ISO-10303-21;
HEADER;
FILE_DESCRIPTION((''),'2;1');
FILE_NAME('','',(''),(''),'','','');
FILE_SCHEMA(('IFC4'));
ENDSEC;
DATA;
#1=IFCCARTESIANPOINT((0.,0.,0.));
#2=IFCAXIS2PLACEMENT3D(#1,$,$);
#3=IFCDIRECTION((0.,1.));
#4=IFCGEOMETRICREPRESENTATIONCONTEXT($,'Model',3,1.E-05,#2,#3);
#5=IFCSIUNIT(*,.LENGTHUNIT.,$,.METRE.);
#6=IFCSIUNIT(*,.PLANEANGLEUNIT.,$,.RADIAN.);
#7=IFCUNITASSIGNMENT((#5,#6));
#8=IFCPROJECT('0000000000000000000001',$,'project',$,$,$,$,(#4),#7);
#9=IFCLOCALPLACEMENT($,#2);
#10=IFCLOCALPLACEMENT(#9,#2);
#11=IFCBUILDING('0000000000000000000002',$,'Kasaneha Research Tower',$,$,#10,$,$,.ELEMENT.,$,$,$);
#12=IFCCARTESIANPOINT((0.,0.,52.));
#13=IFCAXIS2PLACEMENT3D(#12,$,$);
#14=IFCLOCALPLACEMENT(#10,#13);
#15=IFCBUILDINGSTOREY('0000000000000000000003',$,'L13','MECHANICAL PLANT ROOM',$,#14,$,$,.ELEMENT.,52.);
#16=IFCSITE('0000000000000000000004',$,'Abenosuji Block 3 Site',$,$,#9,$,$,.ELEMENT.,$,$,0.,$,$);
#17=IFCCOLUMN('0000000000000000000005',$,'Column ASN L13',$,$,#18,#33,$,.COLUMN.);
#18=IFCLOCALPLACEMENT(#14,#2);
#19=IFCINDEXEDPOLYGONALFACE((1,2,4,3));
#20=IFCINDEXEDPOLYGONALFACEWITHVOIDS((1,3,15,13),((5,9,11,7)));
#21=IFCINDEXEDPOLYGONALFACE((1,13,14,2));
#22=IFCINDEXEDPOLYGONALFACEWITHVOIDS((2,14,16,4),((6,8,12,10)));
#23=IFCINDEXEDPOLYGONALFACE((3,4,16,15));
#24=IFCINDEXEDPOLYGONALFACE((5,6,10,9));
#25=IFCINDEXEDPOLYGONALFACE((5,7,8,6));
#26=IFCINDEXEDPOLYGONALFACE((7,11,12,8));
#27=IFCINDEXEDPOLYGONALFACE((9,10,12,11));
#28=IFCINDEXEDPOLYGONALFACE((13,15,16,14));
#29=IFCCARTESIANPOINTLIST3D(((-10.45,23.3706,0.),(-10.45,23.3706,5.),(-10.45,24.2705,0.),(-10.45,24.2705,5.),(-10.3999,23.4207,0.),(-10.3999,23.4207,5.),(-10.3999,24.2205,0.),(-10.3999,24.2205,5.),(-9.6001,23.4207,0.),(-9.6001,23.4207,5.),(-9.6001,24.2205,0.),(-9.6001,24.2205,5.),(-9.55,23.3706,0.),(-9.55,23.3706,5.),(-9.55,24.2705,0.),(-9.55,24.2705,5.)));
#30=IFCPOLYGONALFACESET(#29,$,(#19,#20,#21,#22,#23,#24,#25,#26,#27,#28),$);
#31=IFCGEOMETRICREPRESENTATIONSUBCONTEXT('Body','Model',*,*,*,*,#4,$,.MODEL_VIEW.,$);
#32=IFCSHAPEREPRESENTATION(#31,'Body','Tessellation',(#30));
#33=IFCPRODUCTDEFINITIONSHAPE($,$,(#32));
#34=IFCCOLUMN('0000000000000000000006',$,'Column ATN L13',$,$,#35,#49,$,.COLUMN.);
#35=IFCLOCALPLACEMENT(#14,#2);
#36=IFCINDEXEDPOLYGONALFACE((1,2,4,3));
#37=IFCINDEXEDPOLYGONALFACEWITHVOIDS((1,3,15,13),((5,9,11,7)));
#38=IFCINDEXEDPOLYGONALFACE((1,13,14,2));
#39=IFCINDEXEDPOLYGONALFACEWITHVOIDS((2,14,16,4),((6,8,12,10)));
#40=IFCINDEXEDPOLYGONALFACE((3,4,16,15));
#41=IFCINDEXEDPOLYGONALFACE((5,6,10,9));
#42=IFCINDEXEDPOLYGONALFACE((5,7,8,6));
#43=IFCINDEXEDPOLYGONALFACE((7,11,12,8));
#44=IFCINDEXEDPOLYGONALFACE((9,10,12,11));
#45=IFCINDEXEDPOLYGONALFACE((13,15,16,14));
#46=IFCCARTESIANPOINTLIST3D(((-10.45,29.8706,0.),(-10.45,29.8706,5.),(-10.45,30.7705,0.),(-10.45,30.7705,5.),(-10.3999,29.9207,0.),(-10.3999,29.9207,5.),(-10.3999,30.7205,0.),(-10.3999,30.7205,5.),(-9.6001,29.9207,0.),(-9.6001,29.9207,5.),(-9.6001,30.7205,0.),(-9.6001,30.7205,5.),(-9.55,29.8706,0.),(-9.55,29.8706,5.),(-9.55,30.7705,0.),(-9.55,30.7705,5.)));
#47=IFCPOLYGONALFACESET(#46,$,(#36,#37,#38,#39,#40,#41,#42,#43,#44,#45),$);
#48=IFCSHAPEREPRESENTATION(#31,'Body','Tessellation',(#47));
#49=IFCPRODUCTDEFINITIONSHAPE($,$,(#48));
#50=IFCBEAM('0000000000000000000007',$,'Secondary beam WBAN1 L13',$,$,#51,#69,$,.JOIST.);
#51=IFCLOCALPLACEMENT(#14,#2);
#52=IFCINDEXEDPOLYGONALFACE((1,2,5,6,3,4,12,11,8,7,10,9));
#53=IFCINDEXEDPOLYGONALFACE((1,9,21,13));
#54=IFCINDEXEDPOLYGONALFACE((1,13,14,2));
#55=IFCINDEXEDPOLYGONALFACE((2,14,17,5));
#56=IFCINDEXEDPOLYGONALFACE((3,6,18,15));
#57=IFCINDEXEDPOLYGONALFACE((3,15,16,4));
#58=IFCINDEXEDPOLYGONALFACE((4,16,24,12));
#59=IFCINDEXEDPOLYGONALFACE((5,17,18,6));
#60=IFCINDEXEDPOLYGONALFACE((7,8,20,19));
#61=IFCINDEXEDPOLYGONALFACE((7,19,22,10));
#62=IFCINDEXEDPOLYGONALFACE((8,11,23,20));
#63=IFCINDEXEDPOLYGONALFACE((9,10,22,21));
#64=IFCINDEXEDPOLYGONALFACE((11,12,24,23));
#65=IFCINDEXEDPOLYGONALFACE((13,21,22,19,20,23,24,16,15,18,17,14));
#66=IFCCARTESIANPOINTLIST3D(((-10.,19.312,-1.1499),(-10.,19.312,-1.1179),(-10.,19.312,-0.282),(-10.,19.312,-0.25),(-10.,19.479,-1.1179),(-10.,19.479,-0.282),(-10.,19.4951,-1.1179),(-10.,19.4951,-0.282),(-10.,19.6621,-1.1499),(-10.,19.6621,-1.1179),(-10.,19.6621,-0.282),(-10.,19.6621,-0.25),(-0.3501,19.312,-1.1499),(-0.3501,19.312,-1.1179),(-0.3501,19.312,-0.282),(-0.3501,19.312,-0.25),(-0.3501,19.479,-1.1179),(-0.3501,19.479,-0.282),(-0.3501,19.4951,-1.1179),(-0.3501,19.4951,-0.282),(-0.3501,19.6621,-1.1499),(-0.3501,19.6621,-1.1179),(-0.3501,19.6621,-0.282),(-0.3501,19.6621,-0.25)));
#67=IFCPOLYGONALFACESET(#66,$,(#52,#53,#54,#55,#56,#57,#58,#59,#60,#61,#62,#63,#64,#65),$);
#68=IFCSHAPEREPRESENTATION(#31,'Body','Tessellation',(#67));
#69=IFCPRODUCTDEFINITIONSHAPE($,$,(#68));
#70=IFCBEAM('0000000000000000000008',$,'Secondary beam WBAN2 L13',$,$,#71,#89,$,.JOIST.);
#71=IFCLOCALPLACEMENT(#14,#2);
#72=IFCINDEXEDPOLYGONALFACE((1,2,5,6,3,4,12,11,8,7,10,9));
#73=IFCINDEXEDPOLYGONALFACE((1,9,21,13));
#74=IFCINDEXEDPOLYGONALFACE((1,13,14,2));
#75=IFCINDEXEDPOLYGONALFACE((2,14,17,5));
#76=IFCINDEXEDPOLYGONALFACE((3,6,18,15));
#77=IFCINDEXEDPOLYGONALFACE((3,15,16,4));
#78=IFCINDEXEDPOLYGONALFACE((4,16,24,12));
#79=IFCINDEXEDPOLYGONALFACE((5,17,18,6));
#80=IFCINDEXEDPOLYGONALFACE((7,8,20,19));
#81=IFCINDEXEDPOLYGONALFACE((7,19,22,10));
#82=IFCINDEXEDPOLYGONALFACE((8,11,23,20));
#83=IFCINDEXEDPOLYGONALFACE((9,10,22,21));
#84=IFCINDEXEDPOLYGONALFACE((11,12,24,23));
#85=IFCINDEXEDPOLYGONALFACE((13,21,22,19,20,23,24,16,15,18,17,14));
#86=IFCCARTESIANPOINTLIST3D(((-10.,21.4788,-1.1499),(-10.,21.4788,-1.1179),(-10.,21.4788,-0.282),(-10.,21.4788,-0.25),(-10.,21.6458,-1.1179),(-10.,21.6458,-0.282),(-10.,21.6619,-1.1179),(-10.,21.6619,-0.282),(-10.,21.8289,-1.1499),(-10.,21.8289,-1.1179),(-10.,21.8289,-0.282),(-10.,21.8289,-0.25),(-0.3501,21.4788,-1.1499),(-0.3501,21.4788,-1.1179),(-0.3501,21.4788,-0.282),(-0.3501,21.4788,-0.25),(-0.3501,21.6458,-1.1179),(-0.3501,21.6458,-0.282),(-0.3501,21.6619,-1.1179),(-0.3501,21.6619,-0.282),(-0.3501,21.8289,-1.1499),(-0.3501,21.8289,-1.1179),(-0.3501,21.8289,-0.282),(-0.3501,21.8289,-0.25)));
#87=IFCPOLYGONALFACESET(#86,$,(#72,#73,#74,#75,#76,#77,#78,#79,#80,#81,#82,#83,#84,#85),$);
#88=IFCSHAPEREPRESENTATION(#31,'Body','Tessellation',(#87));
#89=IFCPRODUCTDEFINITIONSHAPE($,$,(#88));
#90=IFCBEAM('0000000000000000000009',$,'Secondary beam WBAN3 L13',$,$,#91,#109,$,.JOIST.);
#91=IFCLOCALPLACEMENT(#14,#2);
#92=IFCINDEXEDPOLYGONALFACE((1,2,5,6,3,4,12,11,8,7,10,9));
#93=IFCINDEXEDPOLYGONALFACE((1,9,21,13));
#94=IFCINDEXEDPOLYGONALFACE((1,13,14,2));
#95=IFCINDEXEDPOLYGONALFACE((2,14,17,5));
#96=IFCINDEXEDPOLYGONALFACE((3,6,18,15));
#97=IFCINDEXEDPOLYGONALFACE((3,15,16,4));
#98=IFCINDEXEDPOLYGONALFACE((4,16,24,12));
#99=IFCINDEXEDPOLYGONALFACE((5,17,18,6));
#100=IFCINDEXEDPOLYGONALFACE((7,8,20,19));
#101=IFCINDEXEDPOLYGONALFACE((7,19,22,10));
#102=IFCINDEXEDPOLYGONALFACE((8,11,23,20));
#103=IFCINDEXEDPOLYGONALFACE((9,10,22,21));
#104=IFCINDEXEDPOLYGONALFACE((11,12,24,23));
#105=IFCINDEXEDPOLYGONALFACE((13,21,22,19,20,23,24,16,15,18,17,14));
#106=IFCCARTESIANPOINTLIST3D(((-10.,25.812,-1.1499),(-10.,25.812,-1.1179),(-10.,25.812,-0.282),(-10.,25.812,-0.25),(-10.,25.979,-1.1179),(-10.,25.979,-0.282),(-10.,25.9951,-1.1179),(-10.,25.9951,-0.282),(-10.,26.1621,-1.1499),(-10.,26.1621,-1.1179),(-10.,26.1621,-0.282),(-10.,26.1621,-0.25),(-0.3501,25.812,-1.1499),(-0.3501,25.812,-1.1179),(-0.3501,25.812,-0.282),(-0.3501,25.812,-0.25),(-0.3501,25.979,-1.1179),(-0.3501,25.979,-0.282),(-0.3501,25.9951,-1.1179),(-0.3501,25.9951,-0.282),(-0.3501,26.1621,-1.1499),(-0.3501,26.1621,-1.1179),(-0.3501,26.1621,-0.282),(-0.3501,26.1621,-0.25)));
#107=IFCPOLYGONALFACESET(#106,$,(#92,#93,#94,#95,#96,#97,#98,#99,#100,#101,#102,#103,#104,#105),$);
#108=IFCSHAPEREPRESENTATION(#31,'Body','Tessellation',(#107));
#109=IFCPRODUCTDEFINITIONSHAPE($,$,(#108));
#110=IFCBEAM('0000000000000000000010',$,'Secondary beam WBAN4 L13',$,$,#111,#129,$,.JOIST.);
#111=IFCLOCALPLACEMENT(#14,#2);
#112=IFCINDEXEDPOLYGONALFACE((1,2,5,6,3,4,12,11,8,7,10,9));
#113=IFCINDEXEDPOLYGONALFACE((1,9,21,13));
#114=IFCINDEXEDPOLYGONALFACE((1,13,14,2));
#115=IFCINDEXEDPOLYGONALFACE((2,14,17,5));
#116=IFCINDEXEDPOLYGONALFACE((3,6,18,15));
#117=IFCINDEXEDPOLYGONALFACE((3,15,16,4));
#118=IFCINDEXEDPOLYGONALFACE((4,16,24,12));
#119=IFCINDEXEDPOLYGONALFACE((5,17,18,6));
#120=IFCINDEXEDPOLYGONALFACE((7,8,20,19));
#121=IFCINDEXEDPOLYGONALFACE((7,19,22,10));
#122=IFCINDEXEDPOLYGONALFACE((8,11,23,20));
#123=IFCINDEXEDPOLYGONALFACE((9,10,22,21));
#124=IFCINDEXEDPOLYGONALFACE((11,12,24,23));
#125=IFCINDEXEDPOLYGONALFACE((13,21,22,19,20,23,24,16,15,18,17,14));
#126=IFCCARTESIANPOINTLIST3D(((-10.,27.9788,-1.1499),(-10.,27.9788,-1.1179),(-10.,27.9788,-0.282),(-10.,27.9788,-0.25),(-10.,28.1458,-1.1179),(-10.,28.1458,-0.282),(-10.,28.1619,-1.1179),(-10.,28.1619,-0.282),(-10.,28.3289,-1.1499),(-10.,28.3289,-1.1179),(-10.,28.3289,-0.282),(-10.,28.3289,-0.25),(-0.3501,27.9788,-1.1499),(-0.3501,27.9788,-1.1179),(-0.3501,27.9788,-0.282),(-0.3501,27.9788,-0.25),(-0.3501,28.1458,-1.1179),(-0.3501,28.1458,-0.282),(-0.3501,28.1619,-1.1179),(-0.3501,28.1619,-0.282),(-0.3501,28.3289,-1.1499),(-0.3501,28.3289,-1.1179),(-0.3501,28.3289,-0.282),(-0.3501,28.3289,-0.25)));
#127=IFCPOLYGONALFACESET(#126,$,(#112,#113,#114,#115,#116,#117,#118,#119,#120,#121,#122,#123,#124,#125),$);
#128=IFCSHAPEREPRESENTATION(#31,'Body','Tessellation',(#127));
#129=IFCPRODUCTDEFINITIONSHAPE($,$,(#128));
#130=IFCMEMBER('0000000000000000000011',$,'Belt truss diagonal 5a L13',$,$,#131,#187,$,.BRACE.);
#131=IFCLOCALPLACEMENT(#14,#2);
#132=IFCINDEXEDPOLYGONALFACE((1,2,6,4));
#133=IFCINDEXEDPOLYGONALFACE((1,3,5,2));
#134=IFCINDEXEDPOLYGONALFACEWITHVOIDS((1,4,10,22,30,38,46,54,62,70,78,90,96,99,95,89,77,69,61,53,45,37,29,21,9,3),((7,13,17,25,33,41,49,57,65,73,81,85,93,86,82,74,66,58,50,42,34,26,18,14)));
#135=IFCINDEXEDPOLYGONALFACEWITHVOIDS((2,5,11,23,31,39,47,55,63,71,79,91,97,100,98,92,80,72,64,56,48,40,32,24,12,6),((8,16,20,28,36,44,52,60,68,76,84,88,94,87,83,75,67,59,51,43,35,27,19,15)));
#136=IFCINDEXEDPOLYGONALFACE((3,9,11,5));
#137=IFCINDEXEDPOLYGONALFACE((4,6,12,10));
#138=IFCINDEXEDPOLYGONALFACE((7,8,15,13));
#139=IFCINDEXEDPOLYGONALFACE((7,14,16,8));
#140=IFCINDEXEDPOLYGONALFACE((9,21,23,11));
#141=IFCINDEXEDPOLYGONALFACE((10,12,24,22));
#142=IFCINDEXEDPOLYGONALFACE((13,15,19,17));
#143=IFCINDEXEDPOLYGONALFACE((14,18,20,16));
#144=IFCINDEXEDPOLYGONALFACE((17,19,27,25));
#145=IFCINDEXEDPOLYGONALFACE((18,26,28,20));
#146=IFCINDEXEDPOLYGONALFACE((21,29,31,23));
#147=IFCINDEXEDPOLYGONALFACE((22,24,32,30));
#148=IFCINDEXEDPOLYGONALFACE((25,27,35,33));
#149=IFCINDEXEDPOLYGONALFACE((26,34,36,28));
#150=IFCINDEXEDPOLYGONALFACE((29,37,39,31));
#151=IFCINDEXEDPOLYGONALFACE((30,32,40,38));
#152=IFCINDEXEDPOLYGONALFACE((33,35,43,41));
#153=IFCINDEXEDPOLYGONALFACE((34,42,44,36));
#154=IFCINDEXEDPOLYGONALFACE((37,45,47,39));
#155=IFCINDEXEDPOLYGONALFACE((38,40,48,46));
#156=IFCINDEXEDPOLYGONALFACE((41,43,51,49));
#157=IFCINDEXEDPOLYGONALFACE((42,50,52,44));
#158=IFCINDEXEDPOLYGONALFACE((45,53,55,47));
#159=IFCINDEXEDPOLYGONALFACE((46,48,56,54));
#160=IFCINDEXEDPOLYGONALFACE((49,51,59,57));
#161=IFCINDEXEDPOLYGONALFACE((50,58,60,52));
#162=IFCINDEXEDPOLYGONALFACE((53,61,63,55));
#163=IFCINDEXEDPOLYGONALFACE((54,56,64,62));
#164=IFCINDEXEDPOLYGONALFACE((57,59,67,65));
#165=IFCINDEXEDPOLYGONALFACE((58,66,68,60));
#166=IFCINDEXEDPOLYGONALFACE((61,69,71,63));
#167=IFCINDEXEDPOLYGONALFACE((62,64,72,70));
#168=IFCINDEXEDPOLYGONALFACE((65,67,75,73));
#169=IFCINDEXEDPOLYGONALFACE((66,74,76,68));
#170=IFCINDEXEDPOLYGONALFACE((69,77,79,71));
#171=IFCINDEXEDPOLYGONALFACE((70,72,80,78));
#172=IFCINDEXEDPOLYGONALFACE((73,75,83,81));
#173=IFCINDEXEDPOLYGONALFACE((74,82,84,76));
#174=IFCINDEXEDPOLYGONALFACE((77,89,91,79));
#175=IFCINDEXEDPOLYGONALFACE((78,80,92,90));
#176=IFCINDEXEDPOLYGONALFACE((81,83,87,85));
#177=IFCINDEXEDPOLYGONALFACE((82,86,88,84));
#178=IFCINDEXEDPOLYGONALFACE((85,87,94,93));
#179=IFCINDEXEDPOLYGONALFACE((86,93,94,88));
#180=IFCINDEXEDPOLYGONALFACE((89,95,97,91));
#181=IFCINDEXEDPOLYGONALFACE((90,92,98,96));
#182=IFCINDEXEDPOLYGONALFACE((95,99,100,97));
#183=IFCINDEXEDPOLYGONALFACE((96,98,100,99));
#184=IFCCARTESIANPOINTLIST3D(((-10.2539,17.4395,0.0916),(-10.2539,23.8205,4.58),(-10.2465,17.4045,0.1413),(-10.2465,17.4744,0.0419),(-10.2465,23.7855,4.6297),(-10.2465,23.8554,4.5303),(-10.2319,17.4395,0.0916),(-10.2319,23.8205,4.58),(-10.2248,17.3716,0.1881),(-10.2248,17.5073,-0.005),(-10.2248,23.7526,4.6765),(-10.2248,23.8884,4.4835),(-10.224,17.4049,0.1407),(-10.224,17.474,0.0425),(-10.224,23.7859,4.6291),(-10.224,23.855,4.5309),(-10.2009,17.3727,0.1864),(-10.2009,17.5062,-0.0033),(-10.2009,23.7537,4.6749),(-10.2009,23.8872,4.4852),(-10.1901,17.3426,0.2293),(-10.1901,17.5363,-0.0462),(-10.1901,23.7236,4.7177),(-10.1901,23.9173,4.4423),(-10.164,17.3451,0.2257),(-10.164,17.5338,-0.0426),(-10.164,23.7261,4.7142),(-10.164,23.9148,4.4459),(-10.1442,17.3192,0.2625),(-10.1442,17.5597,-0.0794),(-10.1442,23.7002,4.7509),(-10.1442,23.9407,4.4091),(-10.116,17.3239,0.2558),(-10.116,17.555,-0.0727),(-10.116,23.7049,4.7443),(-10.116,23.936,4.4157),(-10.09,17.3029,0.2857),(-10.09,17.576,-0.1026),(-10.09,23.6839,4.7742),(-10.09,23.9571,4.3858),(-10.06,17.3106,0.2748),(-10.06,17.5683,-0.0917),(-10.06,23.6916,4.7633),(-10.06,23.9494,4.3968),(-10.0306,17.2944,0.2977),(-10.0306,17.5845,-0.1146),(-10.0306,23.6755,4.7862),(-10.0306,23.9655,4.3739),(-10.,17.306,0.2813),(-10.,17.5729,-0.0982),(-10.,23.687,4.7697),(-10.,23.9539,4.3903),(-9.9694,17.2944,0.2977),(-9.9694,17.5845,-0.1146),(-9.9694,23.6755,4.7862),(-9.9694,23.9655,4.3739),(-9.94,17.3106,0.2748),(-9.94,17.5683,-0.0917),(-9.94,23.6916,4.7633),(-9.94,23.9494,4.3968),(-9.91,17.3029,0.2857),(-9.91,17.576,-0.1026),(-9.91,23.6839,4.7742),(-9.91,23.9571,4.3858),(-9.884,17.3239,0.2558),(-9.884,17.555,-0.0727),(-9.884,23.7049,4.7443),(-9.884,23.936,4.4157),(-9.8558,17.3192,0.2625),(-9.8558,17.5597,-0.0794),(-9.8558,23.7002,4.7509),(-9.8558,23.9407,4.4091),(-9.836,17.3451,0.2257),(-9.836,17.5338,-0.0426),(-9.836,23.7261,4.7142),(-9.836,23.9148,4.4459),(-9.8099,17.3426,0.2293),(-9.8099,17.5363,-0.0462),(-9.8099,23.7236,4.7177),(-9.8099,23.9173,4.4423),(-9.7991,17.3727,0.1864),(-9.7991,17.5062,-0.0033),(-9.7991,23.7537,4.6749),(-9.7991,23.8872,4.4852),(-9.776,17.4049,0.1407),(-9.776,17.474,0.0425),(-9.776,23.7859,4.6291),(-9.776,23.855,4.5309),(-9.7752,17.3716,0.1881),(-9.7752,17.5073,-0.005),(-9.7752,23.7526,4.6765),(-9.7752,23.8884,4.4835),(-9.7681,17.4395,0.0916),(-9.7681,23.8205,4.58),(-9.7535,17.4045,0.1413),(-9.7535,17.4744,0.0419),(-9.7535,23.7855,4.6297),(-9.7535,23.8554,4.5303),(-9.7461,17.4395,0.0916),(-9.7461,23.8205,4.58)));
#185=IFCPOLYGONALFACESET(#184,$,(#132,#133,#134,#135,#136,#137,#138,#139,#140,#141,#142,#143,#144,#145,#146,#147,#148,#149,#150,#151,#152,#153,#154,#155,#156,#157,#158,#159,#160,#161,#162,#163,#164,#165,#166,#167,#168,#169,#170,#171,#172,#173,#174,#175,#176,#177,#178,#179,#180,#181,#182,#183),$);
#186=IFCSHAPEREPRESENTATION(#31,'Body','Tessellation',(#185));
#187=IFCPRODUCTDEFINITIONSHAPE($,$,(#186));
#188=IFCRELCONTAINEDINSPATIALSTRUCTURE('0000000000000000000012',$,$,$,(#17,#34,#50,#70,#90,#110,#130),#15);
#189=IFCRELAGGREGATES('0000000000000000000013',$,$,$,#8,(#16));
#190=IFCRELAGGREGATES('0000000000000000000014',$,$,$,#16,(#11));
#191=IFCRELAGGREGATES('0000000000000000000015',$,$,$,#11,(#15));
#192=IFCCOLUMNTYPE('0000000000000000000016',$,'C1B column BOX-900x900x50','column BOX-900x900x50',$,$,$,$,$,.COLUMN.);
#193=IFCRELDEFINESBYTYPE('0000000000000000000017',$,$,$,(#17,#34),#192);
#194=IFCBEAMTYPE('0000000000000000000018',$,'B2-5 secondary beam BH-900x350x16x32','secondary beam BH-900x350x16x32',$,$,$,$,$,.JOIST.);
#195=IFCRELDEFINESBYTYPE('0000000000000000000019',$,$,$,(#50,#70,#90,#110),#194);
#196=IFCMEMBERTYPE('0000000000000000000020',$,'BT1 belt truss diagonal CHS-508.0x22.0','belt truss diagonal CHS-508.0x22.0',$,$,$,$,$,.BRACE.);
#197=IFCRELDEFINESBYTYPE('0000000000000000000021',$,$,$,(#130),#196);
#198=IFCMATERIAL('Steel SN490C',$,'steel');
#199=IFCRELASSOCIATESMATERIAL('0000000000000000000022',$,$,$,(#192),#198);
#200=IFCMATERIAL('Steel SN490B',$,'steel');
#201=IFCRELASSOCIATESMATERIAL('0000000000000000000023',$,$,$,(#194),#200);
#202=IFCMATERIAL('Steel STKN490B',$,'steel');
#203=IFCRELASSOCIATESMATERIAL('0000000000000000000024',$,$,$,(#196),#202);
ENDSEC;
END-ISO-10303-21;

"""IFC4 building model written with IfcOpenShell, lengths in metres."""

from ifc_helpers import new_model, si_unit, direction, frame, origin, origin_2d, place, context, subcontext, project, spatial, hollow_rectangle, hollow_circle, i_section, extrude, material, material_profile, profile_set, type_object, element, save


model = new_model("IFC4")

# Units and contexts
model_context = context("Model", 3, precision=1e-05, world=origin(), true_north=direction((0.0, 1.0)))
body_context = subcontext(model_context, "Body", "Model", "MODEL_VIEW")
ifc_project = project(units=[si_unit("LENGTHUNIT", "METRE"), si_unit("PLANEANGLEUNIT", "RADIAN")], contexts=[model_context])

# Site, building, storey
site_placement = place(None, origin())
site = spatial("IfcSite", under=ifc_project, at=site_placement, Name="Abenosuji Block 3 Site", CompositionType="ELEMENT", RefElevation=0.0)
building_placement = place(site_placement, origin())
building = spatial("IfcBuilding", under=site, at=building_placement, Name="Kasaneha Research Tower", CompositionType="ELEMENT")
storey_placement = place(building_placement, frame((0.0, 0.0, 52.0)))
storey = spatial("IfcBuildingStorey", under=building, at=storey_placement, Name="L13", Description="MECHANICAL PLANT ROOM", CompositionType="ELEMENT", Elevation=52.0)

# Columns
ifc_material_1 = material(Name="Steel SN490C", Category="steel")
ifc_material_profile_1 = material_profile(ifc_material_1, hollow_rectangle(XDim=0.8999, YDim=0.8999, WallThickness=0.05, at=origin_2d()), Name="BOX-900x900x50")
ifc_profile_set_1 = profile_set([ifc_material_profile_1], Name="Steel SN490C")
column_type = type_object("IfcColumnType", Name="C1B column BOX-900x900x50", Description="column BOX-900x900x50", PredefinedType="COLUMN", material=ifc_profile_set_1)
for number, where, z_axis, x_axis, name in (
    (1, (-10.0, 23.8206, 0.0), (0.0, 0.0, 1.0), (1.0, 0.0, 0.0), "Column ASN L13"),
    (2, (-10.0, 30.3206, 0.0), (0.0, 0.0, 1.0), (1.0, 0.0, 0.0), "Column ATN L13"),
):
    element("IfcColumn", number, at=place(storey_placement, frame(where, z_axis=z_axis, x_axis=x_axis)), inside=storey, type_object=column_type, Name=name, PredefinedType="COLUMN", context=body_context, shape_type="SweptSolid", body=[
        extrude(hollow_rectangle(XDim=0.8999, YDim=0.8999, WallThickness=0.05, at=origin_2d()), origin(), (0.0, 0.0, 1.0), 5.0),
    ])

# Beams
ifc_material_2 = material(Name="Steel SN490B", Category="steel")
ifc_material_profile_2 = material_profile(ifc_material_2, i_section(OverallWidth=0.3501, OverallDepth=0.8999, WebThickness=0.0161, FlangeThickness=0.032, at=origin_2d()), Name="BH-900x350x16x32")
ifc_profile_set_2 = profile_set([ifc_material_profile_2], Name="Steel SN490B")
beam_type_1 = type_object("IfcBeamType", Name="B2-5 secondary beam BH-900x350x16x32", Description="secondary beam BH-900x350x16x32", PredefinedType="JOIST", material=ifc_profile_set_2)
for number, where, z_axis, x_axis, name in (
    (3, (-10.0, 19.4871, -0.7), (1.0, 0.0, 0.0), (0.0, 1.0, 0.0), "Secondary beam WBAN1 L13"),
    (4, (-10.0, 21.6538, -0.7), (1.0, 0.0, 0.0), (0.0, 1.0, 0.0), "Secondary beam WBAN2 L13"),
    (5, (-10.0, 25.9871, -0.7), (1.0, 0.0, 0.0), (0.0, 1.0, 0.0), "Secondary beam WBAN3 L13"),
    (6, (-10.0, 28.1538, -0.7), (1.0, 0.0, 0.0), (0.0, 1.0, 0.0), "Secondary beam WBAN4 L13"),
):
    element("IfcBeam", number, at=place(storey_placement, frame(where, z_axis=z_axis, x_axis=x_axis)), inside=storey, type_object=beam_type_1, Name=name, PredefinedType="JOIST", context=body_context, shape_type="SweptSolid", body=[
        extrude(i_section(OverallWidth=0.3501, OverallDepth=0.8999, WebThickness=0.0161, FlangeThickness=0.032, at=origin_2d()), origin(), (0.0, 0.0, 1.0), 9.6499),
    ])

# Member
ifc_material_3 = material(Name="Steel STKN490B", Category="steel")
ifc_material_profile_3 = material_profile(ifc_material_3, hollow_circle(Radius=0.2539, WallThickness=0.022, at=origin_2d()), Name="CHS-508.0x22.0")
ifc_profile_set_3 = profile_set([ifc_material_profile_3], Name="Steel STKN490B")
member_type = type_object("IfcMemberType", Name="BT1 belt truss diagonal CHS-508.0x22.0", Description="belt truss diagonal CHS-508.0x22.0", PredefinedType="BRACE", material=ifc_profile_set_3)
for number, where, z_axis, x_axis, name in (
    (7, (-10.0, 17.4395, 0.0916), (0.0, 0.81792, 0.575332), (-1.0, 0.0, 0.0), "Belt truss diagonal 5a L13"),
):
    element("IfcMember", number, at=place(storey_placement, frame(where, z_axis=z_axis, x_axis=x_axis)), inside=storey, type_object=member_type, Name=name, PredefinedType="BRACE", context=body_context, shape_type="SweptSolid", body=[
        extrude(hollow_circle(Radius=0.2539, WallThickness=0.022, at=origin_2d()), origin(), (0.0, 0.0, 1.0), 7.8015),
    ])

save(model, "model.ifc")
